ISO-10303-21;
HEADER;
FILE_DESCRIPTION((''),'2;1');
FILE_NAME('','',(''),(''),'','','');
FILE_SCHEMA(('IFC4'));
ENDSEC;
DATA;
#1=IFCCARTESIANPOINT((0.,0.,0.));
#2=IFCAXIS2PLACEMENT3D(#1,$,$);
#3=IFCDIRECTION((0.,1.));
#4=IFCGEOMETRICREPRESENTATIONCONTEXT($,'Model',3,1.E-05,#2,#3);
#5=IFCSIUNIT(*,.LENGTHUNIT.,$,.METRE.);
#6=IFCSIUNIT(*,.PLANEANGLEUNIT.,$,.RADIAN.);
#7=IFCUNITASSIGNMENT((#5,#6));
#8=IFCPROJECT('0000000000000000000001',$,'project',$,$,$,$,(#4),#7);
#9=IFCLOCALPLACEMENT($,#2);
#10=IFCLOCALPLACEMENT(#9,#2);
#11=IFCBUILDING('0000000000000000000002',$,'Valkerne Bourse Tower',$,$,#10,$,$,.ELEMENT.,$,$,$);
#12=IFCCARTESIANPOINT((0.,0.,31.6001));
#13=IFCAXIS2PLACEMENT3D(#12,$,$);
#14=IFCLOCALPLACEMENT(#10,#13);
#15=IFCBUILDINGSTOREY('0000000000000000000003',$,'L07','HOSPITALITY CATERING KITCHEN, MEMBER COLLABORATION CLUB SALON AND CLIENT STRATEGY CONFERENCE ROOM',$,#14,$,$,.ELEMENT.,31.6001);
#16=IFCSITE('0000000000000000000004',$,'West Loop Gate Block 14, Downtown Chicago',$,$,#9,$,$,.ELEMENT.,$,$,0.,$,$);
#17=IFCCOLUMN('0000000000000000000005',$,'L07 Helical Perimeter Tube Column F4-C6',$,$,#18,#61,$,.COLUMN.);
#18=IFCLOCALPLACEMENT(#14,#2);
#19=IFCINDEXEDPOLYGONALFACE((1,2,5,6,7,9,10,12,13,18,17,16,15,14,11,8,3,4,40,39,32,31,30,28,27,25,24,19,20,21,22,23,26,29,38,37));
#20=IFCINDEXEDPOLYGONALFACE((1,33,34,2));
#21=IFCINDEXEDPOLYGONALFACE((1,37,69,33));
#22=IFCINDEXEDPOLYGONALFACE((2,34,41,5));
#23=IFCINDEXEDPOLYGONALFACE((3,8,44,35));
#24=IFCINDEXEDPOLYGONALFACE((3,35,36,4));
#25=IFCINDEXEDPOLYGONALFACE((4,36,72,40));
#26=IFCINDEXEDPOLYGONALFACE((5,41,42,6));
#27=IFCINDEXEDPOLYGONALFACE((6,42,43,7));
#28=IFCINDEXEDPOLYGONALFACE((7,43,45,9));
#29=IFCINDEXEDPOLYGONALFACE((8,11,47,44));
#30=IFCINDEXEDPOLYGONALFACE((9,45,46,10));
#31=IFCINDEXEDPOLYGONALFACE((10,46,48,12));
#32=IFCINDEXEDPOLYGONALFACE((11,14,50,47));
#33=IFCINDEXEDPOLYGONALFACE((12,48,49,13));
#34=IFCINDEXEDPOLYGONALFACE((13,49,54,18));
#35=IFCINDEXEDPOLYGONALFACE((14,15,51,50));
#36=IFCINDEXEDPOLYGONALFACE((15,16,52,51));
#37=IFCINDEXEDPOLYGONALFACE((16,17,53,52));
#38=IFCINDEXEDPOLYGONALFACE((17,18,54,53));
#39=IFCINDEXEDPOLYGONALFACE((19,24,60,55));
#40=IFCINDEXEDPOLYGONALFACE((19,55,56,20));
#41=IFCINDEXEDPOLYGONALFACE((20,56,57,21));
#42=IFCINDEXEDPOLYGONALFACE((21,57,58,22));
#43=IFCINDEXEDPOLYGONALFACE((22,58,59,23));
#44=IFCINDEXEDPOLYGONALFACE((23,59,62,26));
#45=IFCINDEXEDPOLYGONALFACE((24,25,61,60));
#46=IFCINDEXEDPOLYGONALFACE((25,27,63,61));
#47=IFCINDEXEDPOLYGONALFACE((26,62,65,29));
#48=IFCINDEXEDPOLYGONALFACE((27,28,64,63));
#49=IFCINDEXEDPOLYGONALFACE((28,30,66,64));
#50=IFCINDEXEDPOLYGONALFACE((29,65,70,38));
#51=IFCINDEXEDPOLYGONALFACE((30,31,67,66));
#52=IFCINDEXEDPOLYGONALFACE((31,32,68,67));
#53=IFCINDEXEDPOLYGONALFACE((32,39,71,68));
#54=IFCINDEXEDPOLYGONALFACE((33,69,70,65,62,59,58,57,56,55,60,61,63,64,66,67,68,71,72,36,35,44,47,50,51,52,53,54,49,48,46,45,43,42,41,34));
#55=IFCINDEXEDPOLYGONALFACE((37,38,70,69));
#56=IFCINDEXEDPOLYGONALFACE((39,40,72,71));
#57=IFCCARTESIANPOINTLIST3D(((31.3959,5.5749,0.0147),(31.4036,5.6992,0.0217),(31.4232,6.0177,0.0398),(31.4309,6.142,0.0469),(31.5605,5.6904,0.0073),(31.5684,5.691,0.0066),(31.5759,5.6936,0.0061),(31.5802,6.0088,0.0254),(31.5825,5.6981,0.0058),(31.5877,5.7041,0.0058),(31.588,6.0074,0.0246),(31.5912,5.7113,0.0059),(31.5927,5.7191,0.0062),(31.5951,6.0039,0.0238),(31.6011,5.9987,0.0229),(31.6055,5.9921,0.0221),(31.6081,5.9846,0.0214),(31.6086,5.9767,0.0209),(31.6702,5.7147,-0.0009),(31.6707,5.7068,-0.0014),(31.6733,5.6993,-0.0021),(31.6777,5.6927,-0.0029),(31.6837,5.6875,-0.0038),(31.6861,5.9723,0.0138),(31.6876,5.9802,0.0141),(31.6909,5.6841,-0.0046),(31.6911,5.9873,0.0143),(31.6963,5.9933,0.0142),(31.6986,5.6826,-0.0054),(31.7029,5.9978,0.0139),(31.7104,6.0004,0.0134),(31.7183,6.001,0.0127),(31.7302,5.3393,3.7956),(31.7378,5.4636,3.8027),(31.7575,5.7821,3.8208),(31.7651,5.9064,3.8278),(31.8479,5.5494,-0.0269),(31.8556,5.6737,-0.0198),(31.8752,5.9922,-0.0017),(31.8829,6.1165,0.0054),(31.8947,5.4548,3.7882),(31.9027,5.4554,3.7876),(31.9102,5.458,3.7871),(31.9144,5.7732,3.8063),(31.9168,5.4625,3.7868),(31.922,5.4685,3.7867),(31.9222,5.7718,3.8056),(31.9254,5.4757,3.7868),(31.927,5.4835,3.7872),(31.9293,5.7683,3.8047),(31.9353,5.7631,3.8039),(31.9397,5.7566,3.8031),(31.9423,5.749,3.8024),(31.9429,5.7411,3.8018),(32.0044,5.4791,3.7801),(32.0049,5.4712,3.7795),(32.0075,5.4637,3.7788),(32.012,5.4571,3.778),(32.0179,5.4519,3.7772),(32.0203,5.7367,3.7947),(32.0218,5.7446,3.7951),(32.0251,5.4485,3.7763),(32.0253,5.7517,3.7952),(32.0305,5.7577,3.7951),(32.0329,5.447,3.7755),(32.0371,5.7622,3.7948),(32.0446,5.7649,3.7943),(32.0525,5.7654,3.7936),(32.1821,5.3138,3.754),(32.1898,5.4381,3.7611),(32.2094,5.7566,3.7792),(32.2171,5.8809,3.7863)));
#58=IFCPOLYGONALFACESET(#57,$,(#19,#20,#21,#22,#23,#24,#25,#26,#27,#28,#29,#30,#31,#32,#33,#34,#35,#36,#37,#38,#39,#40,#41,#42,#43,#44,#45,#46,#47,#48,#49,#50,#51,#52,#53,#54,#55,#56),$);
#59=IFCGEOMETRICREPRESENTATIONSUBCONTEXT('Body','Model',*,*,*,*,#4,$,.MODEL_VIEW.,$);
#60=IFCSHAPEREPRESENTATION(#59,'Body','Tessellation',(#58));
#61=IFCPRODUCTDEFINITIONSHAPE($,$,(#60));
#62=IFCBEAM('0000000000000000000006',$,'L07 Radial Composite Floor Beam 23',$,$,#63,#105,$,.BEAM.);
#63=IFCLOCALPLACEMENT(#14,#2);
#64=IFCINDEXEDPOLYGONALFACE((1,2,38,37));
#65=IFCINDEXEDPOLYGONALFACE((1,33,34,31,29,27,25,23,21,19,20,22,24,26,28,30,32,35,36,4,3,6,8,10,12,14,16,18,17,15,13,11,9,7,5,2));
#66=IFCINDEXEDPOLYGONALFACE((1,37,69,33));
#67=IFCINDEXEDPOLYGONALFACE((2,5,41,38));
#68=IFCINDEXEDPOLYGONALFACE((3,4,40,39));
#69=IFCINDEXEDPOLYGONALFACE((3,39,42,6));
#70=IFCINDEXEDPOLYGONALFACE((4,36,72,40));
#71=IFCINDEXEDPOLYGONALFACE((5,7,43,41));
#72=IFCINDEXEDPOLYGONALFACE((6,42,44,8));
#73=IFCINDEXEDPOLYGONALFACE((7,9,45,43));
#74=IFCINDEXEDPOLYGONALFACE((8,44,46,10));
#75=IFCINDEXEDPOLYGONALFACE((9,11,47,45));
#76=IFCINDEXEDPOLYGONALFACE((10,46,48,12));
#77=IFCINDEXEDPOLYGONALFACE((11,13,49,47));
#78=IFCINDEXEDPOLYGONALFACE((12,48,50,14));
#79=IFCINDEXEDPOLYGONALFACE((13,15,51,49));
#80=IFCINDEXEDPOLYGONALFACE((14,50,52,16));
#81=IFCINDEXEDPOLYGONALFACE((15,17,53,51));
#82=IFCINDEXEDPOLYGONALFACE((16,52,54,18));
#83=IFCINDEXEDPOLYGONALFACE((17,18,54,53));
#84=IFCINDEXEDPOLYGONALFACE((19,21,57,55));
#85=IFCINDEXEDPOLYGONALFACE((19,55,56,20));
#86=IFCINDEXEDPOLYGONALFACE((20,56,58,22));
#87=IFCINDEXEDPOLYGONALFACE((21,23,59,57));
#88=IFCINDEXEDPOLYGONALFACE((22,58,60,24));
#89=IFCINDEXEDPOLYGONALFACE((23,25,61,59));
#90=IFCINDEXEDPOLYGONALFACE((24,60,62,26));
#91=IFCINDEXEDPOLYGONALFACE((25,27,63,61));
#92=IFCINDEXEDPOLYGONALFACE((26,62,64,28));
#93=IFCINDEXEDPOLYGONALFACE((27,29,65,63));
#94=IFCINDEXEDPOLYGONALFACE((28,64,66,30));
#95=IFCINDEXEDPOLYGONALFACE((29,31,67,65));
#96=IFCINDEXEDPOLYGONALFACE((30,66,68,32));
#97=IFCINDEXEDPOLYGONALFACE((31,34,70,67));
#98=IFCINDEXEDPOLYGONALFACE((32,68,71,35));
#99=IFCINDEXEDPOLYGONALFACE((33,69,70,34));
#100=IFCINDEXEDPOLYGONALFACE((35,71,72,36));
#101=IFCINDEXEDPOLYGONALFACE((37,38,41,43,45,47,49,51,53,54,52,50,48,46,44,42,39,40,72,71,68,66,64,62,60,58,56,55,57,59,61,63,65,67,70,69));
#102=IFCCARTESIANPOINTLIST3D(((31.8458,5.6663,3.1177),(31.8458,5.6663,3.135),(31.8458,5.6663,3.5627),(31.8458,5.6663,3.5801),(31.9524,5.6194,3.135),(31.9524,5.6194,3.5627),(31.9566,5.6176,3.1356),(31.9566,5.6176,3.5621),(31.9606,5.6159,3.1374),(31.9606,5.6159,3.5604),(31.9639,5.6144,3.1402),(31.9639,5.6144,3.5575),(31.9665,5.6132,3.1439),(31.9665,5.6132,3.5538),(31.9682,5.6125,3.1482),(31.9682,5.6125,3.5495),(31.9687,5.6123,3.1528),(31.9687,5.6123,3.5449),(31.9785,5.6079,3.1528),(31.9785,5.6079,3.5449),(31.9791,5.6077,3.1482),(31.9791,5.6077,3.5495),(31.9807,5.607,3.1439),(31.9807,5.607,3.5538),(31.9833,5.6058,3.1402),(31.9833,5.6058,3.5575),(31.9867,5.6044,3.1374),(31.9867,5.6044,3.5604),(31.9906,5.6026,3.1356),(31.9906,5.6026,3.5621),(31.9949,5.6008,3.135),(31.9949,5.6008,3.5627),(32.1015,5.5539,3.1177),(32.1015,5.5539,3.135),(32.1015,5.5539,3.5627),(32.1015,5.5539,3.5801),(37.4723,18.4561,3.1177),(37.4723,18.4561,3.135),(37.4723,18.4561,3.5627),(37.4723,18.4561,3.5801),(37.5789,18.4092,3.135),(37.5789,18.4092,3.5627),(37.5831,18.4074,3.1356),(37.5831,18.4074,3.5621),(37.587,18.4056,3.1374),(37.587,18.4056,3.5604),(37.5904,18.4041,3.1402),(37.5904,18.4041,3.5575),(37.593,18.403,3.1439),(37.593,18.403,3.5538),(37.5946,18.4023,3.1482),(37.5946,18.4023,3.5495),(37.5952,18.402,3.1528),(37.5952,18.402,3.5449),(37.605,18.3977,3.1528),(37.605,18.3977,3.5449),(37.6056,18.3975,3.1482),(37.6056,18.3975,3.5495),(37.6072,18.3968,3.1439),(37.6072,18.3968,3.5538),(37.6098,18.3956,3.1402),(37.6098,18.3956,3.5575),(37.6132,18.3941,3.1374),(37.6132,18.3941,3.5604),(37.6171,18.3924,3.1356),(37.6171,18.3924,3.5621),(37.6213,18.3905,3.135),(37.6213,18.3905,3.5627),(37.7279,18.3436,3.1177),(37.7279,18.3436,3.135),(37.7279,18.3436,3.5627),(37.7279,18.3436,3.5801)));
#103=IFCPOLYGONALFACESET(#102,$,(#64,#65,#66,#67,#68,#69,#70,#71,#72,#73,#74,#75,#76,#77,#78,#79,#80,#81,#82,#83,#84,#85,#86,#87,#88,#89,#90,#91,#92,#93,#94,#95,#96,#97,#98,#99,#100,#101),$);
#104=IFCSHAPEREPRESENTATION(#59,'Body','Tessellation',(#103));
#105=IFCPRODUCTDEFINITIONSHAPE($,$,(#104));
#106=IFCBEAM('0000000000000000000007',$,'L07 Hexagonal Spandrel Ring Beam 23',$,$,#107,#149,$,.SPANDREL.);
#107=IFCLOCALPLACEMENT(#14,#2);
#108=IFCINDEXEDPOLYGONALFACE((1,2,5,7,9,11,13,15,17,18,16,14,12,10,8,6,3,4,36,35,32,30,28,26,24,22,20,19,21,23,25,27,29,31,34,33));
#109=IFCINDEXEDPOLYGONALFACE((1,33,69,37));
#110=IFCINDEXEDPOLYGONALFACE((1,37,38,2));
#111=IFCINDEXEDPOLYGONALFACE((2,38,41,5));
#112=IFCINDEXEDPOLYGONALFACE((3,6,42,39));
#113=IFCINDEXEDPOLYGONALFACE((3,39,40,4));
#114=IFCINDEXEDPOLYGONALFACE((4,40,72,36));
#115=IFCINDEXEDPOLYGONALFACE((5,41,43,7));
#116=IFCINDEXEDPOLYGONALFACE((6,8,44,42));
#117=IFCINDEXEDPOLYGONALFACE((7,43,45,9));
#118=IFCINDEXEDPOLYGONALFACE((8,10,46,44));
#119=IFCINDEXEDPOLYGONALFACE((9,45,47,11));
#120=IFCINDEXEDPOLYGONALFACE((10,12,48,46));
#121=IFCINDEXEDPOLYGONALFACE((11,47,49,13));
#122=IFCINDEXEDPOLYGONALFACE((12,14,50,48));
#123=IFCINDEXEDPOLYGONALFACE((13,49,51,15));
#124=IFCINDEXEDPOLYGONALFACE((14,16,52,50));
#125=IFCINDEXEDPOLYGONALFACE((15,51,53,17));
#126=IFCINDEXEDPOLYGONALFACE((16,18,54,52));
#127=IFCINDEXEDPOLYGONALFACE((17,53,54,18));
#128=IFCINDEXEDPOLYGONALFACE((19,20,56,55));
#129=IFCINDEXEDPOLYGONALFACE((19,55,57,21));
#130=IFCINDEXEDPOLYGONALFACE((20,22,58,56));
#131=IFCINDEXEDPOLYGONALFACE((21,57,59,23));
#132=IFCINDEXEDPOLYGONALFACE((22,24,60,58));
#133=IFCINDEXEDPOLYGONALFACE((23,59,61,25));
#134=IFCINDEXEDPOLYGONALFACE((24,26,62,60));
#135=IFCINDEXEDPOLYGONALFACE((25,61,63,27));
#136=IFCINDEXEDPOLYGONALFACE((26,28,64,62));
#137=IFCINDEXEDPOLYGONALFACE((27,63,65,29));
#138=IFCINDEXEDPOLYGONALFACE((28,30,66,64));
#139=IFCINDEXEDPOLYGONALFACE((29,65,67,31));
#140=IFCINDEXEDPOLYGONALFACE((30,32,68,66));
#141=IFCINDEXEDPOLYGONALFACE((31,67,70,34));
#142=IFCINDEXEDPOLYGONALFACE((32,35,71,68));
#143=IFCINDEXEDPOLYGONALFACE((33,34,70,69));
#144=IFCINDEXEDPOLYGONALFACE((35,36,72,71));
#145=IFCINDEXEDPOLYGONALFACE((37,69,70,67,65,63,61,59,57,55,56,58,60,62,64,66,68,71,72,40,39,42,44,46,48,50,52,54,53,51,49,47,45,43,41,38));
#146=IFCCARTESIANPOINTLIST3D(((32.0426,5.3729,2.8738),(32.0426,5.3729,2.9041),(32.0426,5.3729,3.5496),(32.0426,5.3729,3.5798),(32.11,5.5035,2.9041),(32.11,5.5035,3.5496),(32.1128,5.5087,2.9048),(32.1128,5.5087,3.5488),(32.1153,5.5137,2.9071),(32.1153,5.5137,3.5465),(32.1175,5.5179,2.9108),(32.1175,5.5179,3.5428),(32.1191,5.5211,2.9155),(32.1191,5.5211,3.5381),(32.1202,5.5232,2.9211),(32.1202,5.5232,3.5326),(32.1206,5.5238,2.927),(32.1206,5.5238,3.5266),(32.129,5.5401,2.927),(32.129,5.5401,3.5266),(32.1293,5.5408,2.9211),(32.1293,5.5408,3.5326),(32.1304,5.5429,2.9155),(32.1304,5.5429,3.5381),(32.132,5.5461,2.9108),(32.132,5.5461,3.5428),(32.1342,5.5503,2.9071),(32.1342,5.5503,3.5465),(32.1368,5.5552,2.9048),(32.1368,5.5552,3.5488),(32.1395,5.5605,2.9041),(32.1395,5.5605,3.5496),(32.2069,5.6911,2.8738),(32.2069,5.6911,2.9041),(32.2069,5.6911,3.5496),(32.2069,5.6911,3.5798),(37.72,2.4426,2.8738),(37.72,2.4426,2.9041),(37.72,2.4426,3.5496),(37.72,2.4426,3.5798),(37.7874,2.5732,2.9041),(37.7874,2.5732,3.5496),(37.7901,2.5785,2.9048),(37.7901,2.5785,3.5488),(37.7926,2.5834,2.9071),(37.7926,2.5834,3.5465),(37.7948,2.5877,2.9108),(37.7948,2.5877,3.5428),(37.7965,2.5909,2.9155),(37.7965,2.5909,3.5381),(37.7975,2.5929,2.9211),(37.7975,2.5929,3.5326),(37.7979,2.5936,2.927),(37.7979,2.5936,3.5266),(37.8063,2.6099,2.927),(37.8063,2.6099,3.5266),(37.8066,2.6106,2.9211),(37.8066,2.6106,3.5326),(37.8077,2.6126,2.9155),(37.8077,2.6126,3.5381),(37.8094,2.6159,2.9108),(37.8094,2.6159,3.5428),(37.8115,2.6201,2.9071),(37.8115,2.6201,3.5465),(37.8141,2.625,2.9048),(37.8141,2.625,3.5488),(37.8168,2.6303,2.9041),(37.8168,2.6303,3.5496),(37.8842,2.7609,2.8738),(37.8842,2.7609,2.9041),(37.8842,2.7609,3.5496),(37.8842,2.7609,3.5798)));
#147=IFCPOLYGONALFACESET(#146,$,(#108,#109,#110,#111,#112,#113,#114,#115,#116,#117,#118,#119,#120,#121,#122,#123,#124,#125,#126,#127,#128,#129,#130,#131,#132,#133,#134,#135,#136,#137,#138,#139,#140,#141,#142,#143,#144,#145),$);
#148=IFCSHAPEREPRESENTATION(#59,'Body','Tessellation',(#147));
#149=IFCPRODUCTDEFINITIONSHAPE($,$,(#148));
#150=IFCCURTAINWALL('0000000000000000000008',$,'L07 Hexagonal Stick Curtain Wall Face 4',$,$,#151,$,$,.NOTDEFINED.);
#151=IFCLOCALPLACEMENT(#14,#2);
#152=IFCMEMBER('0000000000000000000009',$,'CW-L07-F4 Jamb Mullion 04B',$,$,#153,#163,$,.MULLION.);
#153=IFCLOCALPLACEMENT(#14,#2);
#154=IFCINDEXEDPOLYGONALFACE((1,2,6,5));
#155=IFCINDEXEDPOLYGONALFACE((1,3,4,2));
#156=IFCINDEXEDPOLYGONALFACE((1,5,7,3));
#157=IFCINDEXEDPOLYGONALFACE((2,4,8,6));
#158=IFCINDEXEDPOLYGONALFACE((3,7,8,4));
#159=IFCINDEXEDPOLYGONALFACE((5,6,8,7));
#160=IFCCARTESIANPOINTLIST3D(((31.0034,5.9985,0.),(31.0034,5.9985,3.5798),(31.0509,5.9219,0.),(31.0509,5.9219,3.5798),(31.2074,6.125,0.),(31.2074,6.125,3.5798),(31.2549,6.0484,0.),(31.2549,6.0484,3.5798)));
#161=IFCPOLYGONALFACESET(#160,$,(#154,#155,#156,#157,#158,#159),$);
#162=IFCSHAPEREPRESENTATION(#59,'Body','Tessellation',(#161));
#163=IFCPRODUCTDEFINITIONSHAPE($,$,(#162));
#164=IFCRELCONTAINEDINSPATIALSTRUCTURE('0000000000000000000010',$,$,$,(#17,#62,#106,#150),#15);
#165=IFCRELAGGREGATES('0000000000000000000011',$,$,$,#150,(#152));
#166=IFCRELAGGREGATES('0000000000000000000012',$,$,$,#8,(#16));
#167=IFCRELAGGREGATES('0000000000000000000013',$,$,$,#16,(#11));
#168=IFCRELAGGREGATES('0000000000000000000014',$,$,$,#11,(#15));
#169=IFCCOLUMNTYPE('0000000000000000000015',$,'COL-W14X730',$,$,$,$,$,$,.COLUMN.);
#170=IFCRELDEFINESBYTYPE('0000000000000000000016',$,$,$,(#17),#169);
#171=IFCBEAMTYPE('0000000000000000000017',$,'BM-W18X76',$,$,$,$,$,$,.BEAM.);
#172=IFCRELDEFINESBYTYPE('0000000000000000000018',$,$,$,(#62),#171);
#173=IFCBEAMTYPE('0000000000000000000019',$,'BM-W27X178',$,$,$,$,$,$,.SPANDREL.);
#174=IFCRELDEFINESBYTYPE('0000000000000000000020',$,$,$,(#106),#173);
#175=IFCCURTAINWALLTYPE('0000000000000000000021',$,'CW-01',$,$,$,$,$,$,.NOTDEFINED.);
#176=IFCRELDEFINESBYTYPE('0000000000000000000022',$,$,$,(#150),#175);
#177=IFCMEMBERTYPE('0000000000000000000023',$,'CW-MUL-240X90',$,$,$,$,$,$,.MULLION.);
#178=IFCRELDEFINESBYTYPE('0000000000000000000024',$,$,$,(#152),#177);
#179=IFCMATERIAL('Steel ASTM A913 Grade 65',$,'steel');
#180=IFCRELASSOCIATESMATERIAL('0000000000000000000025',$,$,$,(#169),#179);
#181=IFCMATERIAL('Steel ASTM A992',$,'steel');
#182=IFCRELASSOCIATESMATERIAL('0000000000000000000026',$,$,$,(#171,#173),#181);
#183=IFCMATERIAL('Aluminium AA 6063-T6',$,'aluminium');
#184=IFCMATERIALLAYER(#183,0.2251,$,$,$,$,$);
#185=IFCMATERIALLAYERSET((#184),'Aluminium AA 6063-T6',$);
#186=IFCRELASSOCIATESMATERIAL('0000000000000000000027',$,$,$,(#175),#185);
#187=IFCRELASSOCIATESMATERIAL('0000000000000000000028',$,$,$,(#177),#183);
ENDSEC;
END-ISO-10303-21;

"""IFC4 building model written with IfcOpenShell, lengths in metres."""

from ifc_helpers import new_model, si_unit, direction, frame, origin, origin_2d, place, context, subcontext, project, spatial, rectangle, i_section, extrude, material, layer, layer_set, material_profile, profile_set, type_object, element, aggregate, save


model = new_model("IFC4")

# Units and contexts
model_context = context("Model", 3, precision=1e-05, world=origin(), true_north=direction((0.0, 1.0)))
body_context = subcontext(model_context, "Body", "Model", "MODEL_VIEW")
ifc_project = project(units=[si_unit("LENGTHUNIT", "METRE"), si_unit("PLANEANGLEUNIT", "RADIAN")], contexts=[model_context])

# Site, building, storey
site_placement = place(None, origin())
site = spatial("IfcSite", under=ifc_project, at=site_placement, Name="West Loop Gate Block 14, Downtown Chicago", CompositionType="ELEMENT", RefElevation=0.0)
building_placement = place(site_placement, origin())
building = spatial("IfcBuilding", under=site, at=building_placement, Name="Valkerne Bourse Tower", CompositionType="ELEMENT")
storey_placement = place(building_placement, frame((0.0, 0.0, 31.6001)))
storey = spatial("IfcBuildingStorey", under=building, at=storey_placement, Name="L07", Description="HOSPITALITY CATERING KITCHEN, MEMBER COLLABORATION CLUB SALON AND CLIENT STRATEGY CONFERENCE ROOM", CompositionType="ELEMENT", Elevation=31.6001)

# Column
ifc_material_1 = material(Name="Steel ASTM A913 Grade 65", Category="steel")
ifc_material_profile_1 = material_profile(ifc_material_1, i_section(OverallWidth=0.4546, OverallDepth=0.5691, WebThickness=0.0779, FlangeThickness=0.1248, FilletRadius=0.0305, at=origin_2d()), Name="W14X730")
ifc_profile_set_1 = profile_set([ifc_material_profile_1], Name="Steel ASTM A913 Grade 65")
column_type = type_object("IfcColumnType", Name="COL-W14X730", PredefinedType="COLUMN", material=ifc_profile_set_1)
column_placement = place(storey_placement, frame((31.6394, 5.8457, 0.01), z_axis=(0.087884, -0.061949, 0.994203), x_axis=(0.994233, -0.056115, -0.091384)))
element("IfcColumn", 1, at=column_placement, inside=storey, type_object=column_type, Name="L07 Helical Perimeter Tube Column F4-C6", PredefinedType="COLUMN", context=body_context, shape_type="SweptSolid", body=[
    extrude(i_section(OverallWidth=0.4546, OverallDepth=0.5691, WebThickness=0.0779, FlangeThickness=0.1248, FilletRadius=0.0305, at=origin_2d()), origin(), (0.0, 0.0, 1.0), 3.803),
])

# Beams
ifc_material_2 = material(Name="Steel ASTM A992", Category="steel")
ifc_material_profile_2 = material_profile(ifc_material_2, i_section(OverallWidth=0.2793, OverallDepth=0.4624, WebThickness=0.0107, FlangeThickness=0.0173, FilletRadius=0.0178, at=origin_2d()), Name="W18X76")
ifc_profile_set_2 = profile_set([ifc_material_profile_2], Name="Steel ASTM A992")
beam_type_1 = type_object("IfcBeamType", Name="BM-W18X76", PredefinedType="BEAM", material=ifc_profile_set_2)
beam_1_placement = place(storey_placement, frame((31.9736, 5.6101, 3.3489), z_axis=(0.402676, 0.915343, 0.0), x_axis=(-0.915343, 0.402676, 0.0)))
element("IfcBeam", 2, at=beam_1_placement, inside=storey, type_object=beam_type_1, Name="L07 Radial Composite Floor Beam 23", PredefinedType="BEAM", context=body_context, shape_type="SweptSolid", body=[
    extrude(i_section(OverallWidth=0.2793, OverallDepth=0.4624, WebThickness=0.0107, FlangeThickness=0.0173, FilletRadius=0.0178, at=origin_2d()), origin(), (0.0, 0.0, 1.0), 13.9727),
])
ifc_material_profile_3 = material_profile(ifc_material_2, i_section(OverallWidth=0.3582, OverallDepth=0.7061, WebThickness=0.0183, FlangeThickness=0.0303, FilletRadius=0.0229, at=origin_2d()), Name="W27X178")
ifc_profile_set_3 = profile_set([ifc_material_profile_3], Name="Steel ASTM A992")
beam_type_2 = type_object("IfcBeamType", Name="BM-W27X178", PredefinedType="SPANDREL", material=ifc_profile_set_3)
beam_2_placement = place(storey_placement, frame((32.1248, 5.532, 3.2268), z_axis=(0.888622, -0.458641, 0.0), x_axis=(0.458641, 0.888622, 0.0)))
element("IfcBeam", 3, at=beam_2_placement, inside=storey, type_object=beam_type_2, Name="L07 Hexagonal Spandrel Ring Beam 23", PredefinedType="SPANDREL", context=body_context, shape_type="SweptSolid", body=[
    extrude(i_section(OverallWidth=0.3582, OverallDepth=0.7061, WebThickness=0.0183, FlangeThickness=0.0303, FilletRadius=0.0229, at=origin_2d()), origin(), (0.0, 0.0, 1.0), 6.3889),
])

# Curtain wall, member
ifc_material_3 = material(Name="Aluminium AA 6063-T6", Category="aluminium")
ifc_layer_1 = layer(ifc_material_3, 0.2251)
ifc_layer_set_1 = layer_set([ifc_layer_1], Name="Aluminium AA 6063-T6")
curtain_wall_type = type_object("IfcCurtainWallType", Name="CW-01", PredefinedType="NOTDEFINED", material=ifc_layer_set_1)
curtain_wall_placement = place(storey_placement, origin())
curtain_wall = element("IfcCurtainWall", 4, at=curtain_wall_placement, inside=storey, type_object=curtain_wall_type, Name="L07 Hexagonal Stick Curtain Wall Face 4", PredefinedType="NOTDEFINED")
ifc_material_profile_4 = material_profile(ifc_material_3, rectangle(XDim=0.0901, YDim=0.24, at=origin_2d()), Name="CWM-90X240")
ifc_profile_set_4 = profile_set([ifc_material_profile_4], Name="Aluminium AA 6063-T6")
member_type_1 = type_object("IfcMemberType", Name="CW-MUL-240X90", PredefinedType="MULLION", material=ifc_profile_set_4)
member_1_placement = place(storey_placement, frame((31.1292, 6.0234, 0.0), z_axis=(0.0, 0.0, 1.0), x_axis=(0.526961, -0.849889, 0.0)))
member_1 = element("IfcMember", 5, at=member_1_placement, type_object=member_type_1, Name="CW-L07-F4 Jamb Mullion 04B", PredefinedType="MULLION", context=body_context, shape_type="SweptSolid", body=[
    extrude(rectangle(XDim=0.0901, YDim=0.24, at=origin_2d()), origin(), (0.0, 0.0, 1.0), 3.5798),
])

aggregate(curtain_wall, [member_1])

save(model, "model.ifc")
